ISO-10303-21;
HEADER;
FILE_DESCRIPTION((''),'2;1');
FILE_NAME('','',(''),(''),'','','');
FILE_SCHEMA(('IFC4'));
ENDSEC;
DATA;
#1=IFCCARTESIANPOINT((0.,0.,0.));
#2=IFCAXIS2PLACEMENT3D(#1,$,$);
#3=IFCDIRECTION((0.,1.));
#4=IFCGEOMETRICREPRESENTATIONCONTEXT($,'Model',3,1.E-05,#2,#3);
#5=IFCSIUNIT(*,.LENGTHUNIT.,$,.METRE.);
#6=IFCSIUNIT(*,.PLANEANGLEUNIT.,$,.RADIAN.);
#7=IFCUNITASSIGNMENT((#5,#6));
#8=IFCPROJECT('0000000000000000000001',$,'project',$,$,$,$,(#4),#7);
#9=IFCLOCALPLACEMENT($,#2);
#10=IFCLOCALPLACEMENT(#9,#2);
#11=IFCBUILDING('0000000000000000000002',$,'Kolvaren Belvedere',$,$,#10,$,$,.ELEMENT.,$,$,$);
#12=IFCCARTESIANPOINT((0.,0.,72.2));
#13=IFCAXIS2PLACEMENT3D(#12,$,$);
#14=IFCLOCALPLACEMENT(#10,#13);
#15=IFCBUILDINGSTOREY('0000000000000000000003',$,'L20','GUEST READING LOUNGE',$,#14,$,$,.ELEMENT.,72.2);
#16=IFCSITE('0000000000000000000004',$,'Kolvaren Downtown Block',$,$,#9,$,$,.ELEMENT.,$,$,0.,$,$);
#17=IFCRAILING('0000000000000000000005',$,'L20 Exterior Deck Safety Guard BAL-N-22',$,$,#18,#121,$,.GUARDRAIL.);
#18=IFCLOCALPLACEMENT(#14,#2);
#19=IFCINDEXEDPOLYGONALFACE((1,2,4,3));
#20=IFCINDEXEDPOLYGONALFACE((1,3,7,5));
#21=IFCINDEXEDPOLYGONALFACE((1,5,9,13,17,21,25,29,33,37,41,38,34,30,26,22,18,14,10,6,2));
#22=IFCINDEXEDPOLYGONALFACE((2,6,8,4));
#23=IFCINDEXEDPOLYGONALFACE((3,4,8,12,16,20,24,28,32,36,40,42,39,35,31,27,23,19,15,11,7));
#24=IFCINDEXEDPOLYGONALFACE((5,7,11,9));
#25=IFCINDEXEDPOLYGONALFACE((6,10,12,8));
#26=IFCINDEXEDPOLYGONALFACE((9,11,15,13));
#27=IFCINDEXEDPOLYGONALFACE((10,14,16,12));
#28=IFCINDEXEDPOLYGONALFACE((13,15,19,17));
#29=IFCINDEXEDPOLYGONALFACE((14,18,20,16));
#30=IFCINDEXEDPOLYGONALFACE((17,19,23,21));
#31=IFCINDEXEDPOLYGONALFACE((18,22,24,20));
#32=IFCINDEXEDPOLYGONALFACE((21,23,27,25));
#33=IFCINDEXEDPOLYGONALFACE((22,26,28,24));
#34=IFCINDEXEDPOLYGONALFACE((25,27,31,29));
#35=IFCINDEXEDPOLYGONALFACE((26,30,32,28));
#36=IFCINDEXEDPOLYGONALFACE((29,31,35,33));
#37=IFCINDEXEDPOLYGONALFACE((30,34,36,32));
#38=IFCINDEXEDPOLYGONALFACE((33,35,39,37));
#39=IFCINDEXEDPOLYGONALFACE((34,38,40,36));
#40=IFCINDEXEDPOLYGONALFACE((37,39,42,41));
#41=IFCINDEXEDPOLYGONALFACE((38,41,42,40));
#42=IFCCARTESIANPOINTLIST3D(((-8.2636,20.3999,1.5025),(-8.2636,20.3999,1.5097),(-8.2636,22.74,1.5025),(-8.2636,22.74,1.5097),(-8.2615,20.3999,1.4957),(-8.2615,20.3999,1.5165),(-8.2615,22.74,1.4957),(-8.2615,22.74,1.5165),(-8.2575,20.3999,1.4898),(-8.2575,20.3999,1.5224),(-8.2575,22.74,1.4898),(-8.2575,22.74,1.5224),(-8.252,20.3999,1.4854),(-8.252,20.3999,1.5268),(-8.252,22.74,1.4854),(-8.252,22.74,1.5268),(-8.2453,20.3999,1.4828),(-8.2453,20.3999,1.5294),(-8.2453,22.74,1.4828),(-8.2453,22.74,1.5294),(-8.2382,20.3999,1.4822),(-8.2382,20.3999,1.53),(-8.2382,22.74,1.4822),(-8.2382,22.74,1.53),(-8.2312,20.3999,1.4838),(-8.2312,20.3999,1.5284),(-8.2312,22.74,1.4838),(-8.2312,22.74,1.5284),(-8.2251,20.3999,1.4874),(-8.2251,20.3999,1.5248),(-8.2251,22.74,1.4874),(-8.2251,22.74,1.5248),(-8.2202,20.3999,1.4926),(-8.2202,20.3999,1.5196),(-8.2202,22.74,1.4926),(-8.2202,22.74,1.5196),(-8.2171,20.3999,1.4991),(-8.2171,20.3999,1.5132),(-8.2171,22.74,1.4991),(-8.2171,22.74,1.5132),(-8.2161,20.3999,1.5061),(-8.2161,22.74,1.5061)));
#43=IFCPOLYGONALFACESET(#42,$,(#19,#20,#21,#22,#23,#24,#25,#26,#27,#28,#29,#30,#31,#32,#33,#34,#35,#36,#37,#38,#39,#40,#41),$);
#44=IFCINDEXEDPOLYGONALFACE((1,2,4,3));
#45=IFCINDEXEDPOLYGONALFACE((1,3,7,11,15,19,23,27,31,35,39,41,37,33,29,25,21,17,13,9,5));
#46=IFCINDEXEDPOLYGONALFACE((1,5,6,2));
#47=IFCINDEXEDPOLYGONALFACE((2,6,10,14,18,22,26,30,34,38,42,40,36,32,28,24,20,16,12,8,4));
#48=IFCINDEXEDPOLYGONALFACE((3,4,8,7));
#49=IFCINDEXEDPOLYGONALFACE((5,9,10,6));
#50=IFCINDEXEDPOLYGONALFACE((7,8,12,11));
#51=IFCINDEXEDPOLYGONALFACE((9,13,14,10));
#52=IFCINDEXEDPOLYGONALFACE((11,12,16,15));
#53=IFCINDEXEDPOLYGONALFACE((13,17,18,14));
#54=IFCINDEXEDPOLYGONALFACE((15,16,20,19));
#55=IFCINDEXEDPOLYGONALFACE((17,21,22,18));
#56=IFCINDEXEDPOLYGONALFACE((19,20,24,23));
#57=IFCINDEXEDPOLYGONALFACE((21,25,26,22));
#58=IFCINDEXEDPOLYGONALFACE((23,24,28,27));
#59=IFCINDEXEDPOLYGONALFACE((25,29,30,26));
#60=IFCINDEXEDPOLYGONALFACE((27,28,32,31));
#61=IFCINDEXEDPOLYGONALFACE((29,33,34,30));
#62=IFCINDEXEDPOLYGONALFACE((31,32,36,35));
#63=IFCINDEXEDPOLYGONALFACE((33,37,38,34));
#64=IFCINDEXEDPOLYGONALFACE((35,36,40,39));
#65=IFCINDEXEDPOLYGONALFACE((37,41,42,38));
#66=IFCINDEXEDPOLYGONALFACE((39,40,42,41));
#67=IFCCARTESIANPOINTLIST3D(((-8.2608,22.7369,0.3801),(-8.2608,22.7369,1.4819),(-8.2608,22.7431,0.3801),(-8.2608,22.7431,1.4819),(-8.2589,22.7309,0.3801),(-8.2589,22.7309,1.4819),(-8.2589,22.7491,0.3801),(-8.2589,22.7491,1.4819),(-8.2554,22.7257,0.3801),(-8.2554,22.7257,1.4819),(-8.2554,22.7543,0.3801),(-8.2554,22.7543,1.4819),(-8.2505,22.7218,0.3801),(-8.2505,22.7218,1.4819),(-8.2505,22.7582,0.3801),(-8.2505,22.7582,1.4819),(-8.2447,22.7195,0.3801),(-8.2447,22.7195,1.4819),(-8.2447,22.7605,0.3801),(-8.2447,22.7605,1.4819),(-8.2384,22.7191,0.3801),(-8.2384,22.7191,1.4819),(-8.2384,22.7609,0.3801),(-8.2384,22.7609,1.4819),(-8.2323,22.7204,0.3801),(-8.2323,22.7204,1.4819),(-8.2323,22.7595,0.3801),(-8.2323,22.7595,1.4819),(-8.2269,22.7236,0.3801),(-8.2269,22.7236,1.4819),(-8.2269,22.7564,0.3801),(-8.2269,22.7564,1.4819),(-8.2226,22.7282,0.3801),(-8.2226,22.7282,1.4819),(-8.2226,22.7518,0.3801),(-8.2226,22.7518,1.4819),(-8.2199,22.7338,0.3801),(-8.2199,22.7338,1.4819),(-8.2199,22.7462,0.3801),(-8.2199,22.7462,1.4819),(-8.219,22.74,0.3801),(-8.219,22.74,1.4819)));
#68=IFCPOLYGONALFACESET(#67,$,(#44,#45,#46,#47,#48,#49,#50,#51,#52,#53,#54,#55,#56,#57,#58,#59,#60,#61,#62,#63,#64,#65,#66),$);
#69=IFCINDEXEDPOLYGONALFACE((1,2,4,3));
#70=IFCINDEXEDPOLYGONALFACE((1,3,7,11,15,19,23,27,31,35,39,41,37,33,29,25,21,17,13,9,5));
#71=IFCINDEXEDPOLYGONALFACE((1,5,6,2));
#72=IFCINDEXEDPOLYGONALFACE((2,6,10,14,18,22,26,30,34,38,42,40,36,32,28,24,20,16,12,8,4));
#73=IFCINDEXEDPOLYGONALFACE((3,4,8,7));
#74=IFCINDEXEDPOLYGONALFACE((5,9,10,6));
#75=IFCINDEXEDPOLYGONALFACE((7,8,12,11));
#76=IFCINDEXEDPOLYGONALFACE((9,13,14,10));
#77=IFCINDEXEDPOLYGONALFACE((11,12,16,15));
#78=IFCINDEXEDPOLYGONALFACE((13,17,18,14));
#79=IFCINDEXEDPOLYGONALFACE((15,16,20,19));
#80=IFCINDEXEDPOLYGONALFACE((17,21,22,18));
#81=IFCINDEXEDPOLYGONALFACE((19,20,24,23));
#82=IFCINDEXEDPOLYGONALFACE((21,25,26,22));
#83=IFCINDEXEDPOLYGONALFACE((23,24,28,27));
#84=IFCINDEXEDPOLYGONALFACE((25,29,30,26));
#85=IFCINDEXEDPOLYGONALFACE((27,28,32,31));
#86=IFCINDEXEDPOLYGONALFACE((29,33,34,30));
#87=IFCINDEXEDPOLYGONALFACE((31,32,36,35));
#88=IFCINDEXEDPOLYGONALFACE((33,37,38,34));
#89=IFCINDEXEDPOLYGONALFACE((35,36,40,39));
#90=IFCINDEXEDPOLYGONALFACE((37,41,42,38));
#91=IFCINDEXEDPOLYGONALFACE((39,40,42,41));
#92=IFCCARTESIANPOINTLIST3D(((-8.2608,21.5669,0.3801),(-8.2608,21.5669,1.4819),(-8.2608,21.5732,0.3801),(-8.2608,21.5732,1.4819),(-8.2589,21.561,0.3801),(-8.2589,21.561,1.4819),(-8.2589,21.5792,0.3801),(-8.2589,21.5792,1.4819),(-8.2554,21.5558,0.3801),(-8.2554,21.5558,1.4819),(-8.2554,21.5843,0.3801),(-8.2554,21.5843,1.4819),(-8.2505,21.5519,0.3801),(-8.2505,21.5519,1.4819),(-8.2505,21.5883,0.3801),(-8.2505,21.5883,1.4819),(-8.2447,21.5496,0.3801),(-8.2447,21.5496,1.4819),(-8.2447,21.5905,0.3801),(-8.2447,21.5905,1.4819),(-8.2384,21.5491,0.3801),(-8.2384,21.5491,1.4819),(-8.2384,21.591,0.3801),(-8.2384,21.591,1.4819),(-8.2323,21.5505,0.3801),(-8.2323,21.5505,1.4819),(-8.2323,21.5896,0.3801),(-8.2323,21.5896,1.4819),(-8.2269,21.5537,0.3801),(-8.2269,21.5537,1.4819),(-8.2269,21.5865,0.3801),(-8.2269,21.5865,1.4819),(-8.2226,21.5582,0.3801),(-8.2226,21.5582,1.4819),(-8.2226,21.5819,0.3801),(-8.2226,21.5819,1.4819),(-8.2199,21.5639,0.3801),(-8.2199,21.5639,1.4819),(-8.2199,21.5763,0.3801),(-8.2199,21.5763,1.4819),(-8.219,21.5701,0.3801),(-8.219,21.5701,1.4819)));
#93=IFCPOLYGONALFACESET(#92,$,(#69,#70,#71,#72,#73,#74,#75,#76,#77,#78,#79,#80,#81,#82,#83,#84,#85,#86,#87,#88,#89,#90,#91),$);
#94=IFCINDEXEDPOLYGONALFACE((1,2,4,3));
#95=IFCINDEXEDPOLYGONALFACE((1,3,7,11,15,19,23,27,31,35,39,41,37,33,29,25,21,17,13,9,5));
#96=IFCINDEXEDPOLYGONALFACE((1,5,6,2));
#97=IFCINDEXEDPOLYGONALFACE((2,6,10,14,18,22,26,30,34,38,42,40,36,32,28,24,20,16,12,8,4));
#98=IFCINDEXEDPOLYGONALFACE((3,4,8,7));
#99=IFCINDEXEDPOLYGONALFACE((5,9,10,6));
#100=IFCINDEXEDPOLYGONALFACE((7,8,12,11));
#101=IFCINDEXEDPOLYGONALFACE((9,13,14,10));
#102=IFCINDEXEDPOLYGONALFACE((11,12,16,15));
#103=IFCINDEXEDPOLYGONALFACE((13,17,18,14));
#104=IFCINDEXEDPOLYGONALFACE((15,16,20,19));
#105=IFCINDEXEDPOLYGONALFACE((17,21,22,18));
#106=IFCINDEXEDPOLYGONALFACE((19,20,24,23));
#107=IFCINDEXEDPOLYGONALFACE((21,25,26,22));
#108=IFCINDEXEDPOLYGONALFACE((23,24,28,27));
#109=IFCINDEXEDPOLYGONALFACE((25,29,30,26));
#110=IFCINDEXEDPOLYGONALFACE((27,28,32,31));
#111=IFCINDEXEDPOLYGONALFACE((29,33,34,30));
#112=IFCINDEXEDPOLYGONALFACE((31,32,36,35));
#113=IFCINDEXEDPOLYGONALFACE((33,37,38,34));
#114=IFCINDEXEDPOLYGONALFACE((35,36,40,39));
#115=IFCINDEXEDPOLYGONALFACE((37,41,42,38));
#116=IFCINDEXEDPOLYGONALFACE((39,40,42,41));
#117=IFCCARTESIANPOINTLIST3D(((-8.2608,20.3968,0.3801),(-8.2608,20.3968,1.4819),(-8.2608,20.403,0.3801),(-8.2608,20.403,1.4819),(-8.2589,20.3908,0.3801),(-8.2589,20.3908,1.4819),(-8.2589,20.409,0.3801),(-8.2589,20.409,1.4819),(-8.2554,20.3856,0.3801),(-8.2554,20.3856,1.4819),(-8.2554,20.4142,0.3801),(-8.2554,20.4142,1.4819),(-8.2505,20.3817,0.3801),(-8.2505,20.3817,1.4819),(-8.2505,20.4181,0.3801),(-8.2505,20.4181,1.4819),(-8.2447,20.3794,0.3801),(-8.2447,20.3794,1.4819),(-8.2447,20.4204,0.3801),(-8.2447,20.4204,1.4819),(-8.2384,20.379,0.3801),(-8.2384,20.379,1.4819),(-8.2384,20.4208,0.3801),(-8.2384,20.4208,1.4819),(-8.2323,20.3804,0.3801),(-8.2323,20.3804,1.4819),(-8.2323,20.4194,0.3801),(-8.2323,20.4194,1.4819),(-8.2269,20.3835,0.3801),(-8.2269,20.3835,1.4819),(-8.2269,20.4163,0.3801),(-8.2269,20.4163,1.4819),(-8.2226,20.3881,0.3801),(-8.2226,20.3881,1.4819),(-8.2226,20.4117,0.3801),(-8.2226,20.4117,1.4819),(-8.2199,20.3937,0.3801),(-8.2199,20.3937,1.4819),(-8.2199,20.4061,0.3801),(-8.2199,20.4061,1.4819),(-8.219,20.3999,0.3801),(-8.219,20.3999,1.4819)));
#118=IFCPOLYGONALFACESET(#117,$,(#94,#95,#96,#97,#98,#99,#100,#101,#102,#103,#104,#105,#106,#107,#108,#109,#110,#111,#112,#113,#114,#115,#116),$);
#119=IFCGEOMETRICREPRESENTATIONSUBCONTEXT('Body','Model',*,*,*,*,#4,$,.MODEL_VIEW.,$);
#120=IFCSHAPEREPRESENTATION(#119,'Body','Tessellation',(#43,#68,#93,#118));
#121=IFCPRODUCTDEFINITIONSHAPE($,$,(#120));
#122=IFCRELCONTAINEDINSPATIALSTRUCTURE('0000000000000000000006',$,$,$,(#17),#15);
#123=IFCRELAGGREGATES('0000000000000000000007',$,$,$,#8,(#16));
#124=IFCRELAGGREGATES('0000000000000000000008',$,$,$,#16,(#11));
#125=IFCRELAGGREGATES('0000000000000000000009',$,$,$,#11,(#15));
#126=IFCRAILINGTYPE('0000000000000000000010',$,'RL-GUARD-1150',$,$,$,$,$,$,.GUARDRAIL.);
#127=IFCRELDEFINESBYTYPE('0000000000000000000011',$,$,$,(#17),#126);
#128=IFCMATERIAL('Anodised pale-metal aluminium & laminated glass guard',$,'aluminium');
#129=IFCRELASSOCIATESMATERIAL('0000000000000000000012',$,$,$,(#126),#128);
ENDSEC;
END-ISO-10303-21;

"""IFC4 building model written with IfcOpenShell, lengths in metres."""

from ifc_helpers import new_model, si_unit, direction, frame, origin, origin_2d, place, context, subcontext, project, spatial, circle, extrude, material, type_object, element, save


model = new_model("IFC4")

# Units and contexts
model_context = context("Model", 3, precision=1e-05, world=origin(), true_north=direction((0.0, 1.0)))
body_context = subcontext(model_context, "Body", "Model", "MODEL_VIEW")
ifc_project = project(units=[si_unit("LENGTHUNIT", "METRE"), si_unit("PLANEANGLEUNIT", "RADIAN")], contexts=[model_context])

# Site, building, storey
site_placement = place(None, origin())
site = spatial("IfcSite", under=ifc_project, at=site_placement, Name="Kolvaren Downtown Block", CompositionType="ELEMENT", RefElevation=0.0)
building_placement = place(site_placement, origin())
building = spatial("IfcBuilding", under=site, at=building_placement, Name="Kolvaren Belvedere", CompositionType="ELEMENT")
storey_placement = place(building_placement, frame((0.0, 0.0, 72.2)))
storey = spatial("IfcBuildingStorey", under=building, at=storey_placement, Name="L20", Description="GUEST READING LOUNGE", CompositionType="ELEMENT", Elevation=72.2)

# Railing
ifc_material_1 = material(Name="Anodised pale-metal aluminium & laminated glass guard", Category="aluminium")
railing_type = type_object("IfcRailingType", Name="RL-GUARD-1150", PredefinedType="GUARDRAIL", material=ifc_material_1)
railing_1_placement = place(storey_placement, frame((-8.24, 22.74, 0.3801)))
element("IfcRailing", 1, at=railing_1_placement, inside=storey, type_object=railing_type, Name="L20 Exterior Deck Safety Guard BAL-N-22", PredefinedType="GUARDRAIL", context=body_context, shape_type="SweptSolid", body=[
    extrude(circle(Radius=0.0239, at=origin_2d()), frame((0.0, 0.0, 1.126), z_axis=(0.0, -1.0, 0.0), x_axis=(1.0, 0.0, 0.0)), (0.0, 0.0, 1.0), 2.3401),
    extrude(circle(Radius=0.021, at=origin_2d()), origin(), (0.0, 0.0, 1.0), 1.1018),
    extrude(circle(Radius=0.021, at=origin_2d()), frame((0.0, -1.1699, 0.0)), (0.0, 0.0, 1.0), 1.1018),
    extrude(circle(Radius=0.021, at=origin_2d()), frame((0.0, -2.3401, 0.0)), (0.0, 0.0, 1.0), 1.1018),
])

save(model, "model.ifc")
